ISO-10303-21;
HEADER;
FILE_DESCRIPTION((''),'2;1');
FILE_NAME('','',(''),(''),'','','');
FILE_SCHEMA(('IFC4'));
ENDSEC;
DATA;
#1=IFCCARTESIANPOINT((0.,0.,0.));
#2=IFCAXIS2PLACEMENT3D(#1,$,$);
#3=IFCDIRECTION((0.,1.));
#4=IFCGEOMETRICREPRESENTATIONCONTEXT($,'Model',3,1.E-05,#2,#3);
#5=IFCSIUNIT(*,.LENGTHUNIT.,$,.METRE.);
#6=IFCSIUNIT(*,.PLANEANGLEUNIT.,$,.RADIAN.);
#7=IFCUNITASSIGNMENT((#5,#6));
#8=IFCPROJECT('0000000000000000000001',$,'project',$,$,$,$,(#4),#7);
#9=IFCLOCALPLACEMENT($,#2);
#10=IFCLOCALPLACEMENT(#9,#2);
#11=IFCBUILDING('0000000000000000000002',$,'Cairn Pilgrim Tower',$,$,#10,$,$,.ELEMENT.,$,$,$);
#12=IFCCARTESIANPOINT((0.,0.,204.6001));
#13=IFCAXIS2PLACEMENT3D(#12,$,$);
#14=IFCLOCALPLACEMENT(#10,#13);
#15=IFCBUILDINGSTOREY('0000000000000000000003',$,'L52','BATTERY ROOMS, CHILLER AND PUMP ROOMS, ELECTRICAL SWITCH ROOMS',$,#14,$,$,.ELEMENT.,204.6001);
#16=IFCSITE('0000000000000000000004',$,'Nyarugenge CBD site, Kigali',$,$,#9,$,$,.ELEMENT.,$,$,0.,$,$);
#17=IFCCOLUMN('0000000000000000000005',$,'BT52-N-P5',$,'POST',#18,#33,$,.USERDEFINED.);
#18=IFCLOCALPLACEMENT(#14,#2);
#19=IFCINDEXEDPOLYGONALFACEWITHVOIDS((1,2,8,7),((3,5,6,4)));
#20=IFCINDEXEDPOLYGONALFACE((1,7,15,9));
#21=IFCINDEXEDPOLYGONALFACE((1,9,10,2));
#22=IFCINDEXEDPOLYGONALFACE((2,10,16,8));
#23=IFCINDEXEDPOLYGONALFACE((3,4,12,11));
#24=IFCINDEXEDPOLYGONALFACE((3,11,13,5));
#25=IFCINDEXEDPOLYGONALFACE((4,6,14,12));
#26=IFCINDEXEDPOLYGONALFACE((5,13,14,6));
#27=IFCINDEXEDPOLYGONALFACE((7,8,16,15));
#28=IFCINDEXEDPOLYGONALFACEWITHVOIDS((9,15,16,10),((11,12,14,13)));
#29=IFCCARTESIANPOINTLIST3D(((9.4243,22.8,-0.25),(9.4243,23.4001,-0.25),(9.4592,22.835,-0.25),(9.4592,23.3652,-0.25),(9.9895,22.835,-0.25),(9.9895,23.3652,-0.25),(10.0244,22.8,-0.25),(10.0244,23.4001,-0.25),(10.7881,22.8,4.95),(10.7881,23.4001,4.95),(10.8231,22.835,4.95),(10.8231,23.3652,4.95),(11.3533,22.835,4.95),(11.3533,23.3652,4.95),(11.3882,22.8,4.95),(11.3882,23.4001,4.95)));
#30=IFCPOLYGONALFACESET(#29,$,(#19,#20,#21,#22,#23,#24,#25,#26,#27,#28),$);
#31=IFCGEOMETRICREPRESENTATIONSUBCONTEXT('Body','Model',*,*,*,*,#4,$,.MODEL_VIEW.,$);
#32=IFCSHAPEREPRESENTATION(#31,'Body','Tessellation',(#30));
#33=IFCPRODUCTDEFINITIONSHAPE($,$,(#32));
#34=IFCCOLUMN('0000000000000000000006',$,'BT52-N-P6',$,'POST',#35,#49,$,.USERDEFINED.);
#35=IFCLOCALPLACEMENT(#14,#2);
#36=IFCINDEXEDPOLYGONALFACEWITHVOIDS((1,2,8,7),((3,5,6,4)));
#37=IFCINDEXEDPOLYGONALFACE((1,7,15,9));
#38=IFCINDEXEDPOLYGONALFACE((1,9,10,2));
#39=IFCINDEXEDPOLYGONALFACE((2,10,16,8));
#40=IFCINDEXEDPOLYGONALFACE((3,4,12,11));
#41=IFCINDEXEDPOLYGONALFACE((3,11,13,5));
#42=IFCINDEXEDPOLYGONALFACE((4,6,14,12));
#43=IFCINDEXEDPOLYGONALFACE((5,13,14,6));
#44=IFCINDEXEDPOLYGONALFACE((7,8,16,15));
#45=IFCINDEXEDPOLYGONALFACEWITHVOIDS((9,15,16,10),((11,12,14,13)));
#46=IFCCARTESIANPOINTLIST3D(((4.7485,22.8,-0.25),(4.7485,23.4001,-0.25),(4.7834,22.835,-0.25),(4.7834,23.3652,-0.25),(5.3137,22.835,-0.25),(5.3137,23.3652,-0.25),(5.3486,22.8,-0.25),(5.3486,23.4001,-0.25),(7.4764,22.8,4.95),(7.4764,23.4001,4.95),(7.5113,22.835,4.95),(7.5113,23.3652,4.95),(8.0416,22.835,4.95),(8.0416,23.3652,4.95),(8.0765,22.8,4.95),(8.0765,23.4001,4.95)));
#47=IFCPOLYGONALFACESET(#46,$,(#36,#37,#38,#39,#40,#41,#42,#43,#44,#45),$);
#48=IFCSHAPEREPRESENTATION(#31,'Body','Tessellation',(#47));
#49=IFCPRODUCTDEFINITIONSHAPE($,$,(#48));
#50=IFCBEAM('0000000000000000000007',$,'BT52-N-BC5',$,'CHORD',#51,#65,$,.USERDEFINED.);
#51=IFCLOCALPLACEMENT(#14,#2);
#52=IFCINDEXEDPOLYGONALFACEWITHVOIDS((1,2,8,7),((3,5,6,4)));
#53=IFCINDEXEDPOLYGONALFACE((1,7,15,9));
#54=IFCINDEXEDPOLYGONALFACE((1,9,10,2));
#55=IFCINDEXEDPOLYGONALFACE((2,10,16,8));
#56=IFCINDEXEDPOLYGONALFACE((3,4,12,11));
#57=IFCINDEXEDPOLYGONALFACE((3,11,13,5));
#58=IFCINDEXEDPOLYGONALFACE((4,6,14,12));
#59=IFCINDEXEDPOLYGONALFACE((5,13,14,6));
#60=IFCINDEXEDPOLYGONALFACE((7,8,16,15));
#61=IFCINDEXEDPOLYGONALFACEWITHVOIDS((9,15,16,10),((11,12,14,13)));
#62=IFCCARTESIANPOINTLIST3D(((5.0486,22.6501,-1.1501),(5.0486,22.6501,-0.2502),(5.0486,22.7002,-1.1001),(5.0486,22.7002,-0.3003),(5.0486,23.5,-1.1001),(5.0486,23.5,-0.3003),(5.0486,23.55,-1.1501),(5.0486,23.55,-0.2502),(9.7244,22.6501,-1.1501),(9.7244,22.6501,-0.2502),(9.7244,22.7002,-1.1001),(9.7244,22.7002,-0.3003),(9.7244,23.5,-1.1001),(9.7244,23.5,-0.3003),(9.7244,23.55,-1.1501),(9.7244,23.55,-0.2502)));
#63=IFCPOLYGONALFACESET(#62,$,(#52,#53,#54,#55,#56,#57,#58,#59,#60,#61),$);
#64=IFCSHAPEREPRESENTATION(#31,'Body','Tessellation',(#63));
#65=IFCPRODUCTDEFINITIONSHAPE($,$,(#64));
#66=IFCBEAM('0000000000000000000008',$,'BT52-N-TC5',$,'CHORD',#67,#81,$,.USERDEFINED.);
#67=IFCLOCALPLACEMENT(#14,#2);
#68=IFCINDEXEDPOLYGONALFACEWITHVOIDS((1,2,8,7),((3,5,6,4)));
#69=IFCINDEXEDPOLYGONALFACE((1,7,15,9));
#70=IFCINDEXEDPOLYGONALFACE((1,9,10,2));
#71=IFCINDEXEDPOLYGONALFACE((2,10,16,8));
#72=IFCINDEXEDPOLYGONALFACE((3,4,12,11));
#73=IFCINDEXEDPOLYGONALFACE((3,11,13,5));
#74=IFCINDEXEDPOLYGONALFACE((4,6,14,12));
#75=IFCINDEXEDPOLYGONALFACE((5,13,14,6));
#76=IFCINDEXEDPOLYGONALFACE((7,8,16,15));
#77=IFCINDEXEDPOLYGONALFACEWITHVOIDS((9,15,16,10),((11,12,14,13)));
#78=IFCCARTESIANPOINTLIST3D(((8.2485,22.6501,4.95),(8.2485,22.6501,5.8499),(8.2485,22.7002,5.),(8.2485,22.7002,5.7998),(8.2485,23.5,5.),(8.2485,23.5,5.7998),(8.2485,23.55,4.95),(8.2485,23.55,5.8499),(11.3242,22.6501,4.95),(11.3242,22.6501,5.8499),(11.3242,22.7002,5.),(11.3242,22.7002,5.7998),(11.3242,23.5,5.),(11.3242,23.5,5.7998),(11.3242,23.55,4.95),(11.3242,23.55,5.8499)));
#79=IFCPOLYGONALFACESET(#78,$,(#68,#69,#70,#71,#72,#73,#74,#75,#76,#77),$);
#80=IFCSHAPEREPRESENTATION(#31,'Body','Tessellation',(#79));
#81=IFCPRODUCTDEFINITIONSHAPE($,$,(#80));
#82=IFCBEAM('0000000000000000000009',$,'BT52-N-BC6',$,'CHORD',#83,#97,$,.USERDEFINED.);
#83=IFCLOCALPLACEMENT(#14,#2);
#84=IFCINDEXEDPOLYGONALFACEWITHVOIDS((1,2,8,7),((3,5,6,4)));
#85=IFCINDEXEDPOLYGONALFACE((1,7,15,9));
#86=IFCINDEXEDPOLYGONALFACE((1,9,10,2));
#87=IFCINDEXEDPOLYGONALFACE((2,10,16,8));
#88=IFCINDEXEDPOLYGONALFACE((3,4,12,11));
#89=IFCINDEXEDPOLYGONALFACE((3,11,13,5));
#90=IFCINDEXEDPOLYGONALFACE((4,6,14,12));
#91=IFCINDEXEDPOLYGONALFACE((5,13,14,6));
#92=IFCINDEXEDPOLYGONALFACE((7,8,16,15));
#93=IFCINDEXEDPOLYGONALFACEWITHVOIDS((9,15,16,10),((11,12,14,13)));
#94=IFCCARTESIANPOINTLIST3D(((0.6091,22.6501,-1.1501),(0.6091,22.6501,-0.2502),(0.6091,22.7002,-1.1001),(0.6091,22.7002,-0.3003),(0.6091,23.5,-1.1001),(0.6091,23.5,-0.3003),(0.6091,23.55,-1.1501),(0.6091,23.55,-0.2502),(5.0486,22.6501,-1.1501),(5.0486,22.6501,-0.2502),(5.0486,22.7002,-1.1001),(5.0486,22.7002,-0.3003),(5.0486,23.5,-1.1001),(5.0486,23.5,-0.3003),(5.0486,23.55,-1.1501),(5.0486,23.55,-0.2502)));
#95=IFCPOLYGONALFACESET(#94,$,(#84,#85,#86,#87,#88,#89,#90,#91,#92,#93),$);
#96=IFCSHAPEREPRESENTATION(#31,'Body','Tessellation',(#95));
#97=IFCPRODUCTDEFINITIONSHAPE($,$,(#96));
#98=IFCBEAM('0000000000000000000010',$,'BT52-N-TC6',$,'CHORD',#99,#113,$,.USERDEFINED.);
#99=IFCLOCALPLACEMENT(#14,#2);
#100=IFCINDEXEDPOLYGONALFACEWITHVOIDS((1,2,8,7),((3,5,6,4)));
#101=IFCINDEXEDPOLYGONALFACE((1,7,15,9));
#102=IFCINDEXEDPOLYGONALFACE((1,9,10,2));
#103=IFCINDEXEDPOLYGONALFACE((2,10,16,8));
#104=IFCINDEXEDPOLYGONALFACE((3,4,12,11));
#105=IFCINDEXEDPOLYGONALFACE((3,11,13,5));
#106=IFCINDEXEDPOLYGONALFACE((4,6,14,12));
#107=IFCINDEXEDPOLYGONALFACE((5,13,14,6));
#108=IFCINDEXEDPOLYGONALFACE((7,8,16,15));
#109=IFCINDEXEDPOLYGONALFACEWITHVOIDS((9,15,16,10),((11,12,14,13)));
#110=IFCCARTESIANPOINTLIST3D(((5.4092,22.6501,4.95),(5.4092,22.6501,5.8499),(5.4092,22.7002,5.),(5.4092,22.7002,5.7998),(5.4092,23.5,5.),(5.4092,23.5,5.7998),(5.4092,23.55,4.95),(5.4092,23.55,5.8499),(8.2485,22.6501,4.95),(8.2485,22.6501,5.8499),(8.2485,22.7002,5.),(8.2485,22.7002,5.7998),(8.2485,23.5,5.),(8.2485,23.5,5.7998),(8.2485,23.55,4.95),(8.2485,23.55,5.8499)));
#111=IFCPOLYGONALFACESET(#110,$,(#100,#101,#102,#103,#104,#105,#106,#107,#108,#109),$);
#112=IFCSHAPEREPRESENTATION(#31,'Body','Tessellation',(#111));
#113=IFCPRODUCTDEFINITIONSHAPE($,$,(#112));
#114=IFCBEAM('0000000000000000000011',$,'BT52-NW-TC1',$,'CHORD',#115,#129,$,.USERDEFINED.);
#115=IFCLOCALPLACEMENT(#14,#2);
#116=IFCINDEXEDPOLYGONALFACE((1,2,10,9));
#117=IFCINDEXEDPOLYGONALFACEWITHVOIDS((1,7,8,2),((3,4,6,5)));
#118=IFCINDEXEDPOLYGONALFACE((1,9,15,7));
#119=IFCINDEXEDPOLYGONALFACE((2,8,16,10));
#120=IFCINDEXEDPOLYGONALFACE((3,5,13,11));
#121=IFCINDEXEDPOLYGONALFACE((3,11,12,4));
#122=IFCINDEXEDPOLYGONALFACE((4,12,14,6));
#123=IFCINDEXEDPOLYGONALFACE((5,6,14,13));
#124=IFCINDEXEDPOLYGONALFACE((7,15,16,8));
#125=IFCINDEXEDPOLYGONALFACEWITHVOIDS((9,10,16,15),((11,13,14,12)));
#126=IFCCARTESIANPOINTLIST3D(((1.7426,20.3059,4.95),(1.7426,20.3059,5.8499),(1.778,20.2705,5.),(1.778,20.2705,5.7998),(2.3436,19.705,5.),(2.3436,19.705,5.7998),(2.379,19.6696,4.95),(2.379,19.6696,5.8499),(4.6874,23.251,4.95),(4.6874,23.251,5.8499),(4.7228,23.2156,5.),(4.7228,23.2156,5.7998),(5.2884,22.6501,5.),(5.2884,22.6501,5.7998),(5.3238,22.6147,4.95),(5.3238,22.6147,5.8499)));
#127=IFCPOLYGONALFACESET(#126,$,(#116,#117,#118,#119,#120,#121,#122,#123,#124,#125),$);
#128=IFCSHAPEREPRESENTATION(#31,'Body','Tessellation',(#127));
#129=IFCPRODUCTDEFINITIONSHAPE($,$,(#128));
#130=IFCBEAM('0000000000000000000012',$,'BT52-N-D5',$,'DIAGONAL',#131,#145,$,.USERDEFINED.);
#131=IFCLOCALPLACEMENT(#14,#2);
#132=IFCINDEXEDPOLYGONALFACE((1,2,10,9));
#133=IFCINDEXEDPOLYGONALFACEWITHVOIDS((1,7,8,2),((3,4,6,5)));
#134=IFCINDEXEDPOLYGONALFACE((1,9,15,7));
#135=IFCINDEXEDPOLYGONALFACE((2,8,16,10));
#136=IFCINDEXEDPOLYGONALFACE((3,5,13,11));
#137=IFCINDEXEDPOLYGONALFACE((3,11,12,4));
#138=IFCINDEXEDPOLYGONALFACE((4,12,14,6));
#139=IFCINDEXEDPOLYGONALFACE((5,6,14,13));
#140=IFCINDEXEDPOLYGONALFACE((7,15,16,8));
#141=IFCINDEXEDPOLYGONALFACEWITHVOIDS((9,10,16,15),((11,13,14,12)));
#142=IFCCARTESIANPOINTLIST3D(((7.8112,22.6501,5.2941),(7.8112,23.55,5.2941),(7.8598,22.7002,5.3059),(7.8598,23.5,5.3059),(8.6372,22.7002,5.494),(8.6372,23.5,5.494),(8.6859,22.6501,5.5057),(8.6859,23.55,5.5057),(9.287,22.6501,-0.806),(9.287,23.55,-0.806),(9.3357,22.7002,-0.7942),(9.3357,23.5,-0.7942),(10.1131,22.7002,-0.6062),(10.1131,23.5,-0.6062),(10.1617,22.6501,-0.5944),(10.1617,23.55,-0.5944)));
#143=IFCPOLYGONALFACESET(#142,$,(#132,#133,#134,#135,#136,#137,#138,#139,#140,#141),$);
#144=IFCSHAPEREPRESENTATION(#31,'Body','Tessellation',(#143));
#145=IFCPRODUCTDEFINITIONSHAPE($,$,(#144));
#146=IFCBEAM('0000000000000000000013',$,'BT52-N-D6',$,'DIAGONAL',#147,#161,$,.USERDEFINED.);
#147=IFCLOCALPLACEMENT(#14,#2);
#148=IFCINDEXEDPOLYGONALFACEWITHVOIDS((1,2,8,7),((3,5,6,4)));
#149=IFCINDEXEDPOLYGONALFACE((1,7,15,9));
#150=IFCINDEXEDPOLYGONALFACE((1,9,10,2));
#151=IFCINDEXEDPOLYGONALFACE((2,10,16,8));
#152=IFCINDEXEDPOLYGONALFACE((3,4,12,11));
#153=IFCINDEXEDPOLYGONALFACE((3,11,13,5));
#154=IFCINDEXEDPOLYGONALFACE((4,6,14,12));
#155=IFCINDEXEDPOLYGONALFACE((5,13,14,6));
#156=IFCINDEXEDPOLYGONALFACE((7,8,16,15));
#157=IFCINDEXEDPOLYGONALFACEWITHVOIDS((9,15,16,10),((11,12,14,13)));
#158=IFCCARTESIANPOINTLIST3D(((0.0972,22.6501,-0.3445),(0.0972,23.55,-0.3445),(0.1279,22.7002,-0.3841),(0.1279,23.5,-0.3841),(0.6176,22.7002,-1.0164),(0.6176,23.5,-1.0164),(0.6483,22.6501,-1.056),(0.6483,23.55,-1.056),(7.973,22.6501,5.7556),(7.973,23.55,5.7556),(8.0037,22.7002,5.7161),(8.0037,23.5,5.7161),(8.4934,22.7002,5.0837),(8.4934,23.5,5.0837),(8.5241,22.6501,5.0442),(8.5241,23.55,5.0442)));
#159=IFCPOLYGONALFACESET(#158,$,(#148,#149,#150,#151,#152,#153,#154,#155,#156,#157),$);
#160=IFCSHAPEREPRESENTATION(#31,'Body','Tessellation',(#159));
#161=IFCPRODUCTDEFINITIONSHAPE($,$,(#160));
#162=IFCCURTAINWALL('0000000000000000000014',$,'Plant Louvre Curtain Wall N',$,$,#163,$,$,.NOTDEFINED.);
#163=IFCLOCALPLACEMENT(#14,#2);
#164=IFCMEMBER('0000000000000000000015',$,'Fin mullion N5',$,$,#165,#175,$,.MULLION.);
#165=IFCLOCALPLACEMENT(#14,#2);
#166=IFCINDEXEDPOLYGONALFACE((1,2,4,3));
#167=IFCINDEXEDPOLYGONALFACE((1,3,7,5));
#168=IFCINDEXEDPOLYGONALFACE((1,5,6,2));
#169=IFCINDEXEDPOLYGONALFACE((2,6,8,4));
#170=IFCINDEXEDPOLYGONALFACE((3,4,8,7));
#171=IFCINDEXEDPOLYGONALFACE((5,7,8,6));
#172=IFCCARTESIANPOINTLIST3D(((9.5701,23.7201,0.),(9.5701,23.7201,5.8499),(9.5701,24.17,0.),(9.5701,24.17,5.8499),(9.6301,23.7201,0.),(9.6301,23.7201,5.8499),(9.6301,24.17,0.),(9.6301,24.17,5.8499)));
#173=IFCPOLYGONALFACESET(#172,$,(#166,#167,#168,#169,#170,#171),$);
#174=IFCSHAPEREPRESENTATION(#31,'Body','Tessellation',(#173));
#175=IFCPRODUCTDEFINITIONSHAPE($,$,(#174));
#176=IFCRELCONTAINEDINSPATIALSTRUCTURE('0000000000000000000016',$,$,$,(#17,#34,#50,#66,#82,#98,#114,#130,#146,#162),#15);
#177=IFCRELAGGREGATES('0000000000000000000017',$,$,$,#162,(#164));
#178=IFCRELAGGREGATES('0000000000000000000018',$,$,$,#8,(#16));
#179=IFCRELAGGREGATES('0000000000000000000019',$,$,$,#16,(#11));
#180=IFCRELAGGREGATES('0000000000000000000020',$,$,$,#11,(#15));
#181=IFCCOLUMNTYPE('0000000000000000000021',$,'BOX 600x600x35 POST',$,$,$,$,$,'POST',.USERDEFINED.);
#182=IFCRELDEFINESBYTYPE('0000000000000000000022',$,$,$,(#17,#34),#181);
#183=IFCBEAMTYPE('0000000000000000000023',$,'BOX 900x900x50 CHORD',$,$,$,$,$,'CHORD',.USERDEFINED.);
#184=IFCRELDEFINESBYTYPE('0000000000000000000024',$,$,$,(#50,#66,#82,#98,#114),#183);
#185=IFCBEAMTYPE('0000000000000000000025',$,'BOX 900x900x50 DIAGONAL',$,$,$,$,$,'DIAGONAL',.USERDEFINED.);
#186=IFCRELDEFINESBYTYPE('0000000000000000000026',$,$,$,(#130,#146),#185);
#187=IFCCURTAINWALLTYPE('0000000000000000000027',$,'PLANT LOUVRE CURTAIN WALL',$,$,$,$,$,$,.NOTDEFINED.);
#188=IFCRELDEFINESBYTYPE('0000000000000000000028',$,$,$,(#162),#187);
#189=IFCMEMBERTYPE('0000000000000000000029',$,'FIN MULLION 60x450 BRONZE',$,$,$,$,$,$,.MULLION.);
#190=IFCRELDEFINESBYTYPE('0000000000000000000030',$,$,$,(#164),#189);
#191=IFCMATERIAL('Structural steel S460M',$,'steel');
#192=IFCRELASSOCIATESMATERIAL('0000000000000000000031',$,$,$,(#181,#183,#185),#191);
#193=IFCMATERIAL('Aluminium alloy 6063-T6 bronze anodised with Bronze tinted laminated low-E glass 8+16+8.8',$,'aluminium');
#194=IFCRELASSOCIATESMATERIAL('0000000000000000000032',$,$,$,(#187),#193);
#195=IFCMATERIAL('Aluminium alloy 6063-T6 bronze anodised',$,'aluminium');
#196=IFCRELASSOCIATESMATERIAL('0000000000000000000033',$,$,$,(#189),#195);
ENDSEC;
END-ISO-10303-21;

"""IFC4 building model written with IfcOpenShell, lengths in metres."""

from ifc_helpers import new_model, si_unit, direction, frame, origin, origin_2d, place, context, subcontext, project, spatial, rectangle, hollow_rectangle, extrude, clip, halfspace, material, material_profile, profile_set, type_object, element, aggregate, save


model = new_model("IFC4")

# Units and contexts
model_context = context("Model", 3, precision=1e-05, world=origin(), true_north=direction((0.0, 1.0)))
body_context = subcontext(model_context, "Body", "Model", "MODEL_VIEW")
ifc_project = project(units=[si_unit("LENGTHUNIT", "METRE"), si_unit("PLANEANGLEUNIT", "RADIAN")], contexts=[model_context])

# Site, building, storey
site_placement = place(None, origin())
site = spatial("IfcSite", under=ifc_project, at=site_placement, Name="Nyarugenge CBD site, Kigali", CompositionType="ELEMENT", RefElevation=0.0)
building_placement = place(site_placement, origin())
building = spatial("IfcBuilding", under=site, at=building_placement, Name="Cairn Pilgrim Tower", CompositionType="ELEMENT")
storey_placement = place(building_placement, frame((0.0, 0.0, 204.6001)))
storey = spatial("IfcBuildingStorey", under=building, at=storey_placement, Name="L52", Description="BATTERY ROOMS, CHILLER AND PUMP ROOMS, ELECTRICAL SWITCH ROOMS", CompositionType="ELEMENT", Elevation=204.6001)

# Columns
ifc_material_1 = material(Name="Structural steel S460M", Category="steel")
ifc_material_profile_1 = material_profile(ifc_material_1, hollow_rectangle(XDim=0.6001, YDim=0.6001, WallThickness=0.0349, at=origin_2d()), Name="BOX 600x600x35")
ifc_profile_set_1 = profile_set([ifc_material_profile_1], Name="Structural steel S460M")
column_type = type_object("IfcColumnType", Name="BOX 600x600x35 POST", ElementType="POST", PredefinedType="USERDEFINED", material=ifc_profile_set_1)
column_1_placement = place(storey_placement, frame((9.7244, 23.1001, -0.25), z_axis=(0.0, 0.0, 1.0), x_axis=(1.0, 0.0, 0.0)))
element("IfcColumn", 1, at=column_1_placement, inside=storey, type_object=column_type, Name="BT52-N-P5", ObjectType="POST", PredefinedType="USERDEFINED", context=body_context, shape_type="Clipping", body=[
    clip(extrude(hollow_rectangle(XDim=0.6001, YDim=0.6001, WallThickness=0.0349, at=origin_2d()), origin(), (0.253697, 0.0, 0.967284), 6.3062), halfspace(frame((0.0, 0.0, 5.2), z_axis=(0.0, 0.0, 1.0), x_axis=(1.0, 0.0, 0.0)), False)),
])
column_2_placement = place(storey_placement, frame((5.0486, 23.1001, -0.25), z_axis=(0.0, 0.0, 1.0), x_axis=(1.0, 0.0, 0.0)))
element("IfcColumn", 2, at=column_2_placement, inside=storey, type_object=column_type, Name="BT52-N-P6", ObjectType="POST", PredefinedType="USERDEFINED", context=body_context, shape_type="Clipping", body=[
    clip(extrude(hollow_rectangle(XDim=0.6001, YDim=0.6001, WallThickness=0.0349, at=origin_2d()), origin(), (0.464553, 0.0, 0.885546), 6.8882), halfspace(frame((0.0, 0.0, 5.2), z_axis=(0.0, 0.0, 1.0), x_axis=(1.0, 0.0, 0.0)), False)),
])

# Beams
ifc_material_profile_2 = material_profile(ifc_material_1, hollow_rectangle(XDim=0.8999, YDim=0.8999, WallThickness=0.05, at=origin_2d()), Name="BOX 900x900x50")
ifc_profile_set_2 = profile_set([ifc_material_profile_2], Name="Structural steel S460M")
beam_type_1 = type_object("IfcBeamType", Name="BOX 900x900x50 CHORD", ElementType="CHORD", PredefinedType="USERDEFINED", material=ifc_profile_set_2)
beam_1_placement = place(storey_placement, frame((9.7244, 23.1001, -0.7002), z_axis=(-1.0, 0.0, 0.0), x_axis=(0.0, -1.0, 0.0)))
element("IfcBeam", 3, at=beam_1_placement, inside=storey, type_object=beam_type_1, Name="BT52-N-BC5", ObjectType="CHORD", PredefinedType="USERDEFINED", context=body_context, shape_type="SweptSolid", body=[
    extrude(hollow_rectangle(XDim=0.8999, YDim=0.8999, WallThickness=0.05, at=origin_2d()), origin(), (0.0, 0.0, 1.0), 4.6758),
])
beam_2_placement = place(storey_placement, frame((11.3242, 23.1001, 5.3999), z_axis=(-1.0, 0.0, 0.0), x_axis=(0.0, -1.0, 0.0)))
element("IfcBeam", 4, at=beam_2_placement, inside=storey, type_object=beam_type_1, Name="BT52-N-TC5", ObjectType="CHORD", PredefinedType="USERDEFINED", context=body_context, shape_type="SweptSolid", body=[
    extrude(hollow_rectangle(XDim=0.8999, YDim=0.8999, WallThickness=0.05, at=origin_2d()), origin(), (0.0, 0.0, 1.0), 3.0757),
])
beam_3_placement = place(storey_placement, frame((5.0486, 23.1001, -0.7002), z_axis=(-1.0, 0.0, 0.0), x_axis=(0.0, -1.0, 0.0)))
element("IfcBeam", 5, at=beam_3_placement, inside=storey, type_object=beam_type_1, Name="BT52-N-BC6", ObjectType="CHORD", PredefinedType="USERDEFINED", context=body_context, shape_type="SweptSolid", body=[
    extrude(hollow_rectangle(XDim=0.8999, YDim=0.8999, WallThickness=0.05, at=origin_2d()), origin(), (0.0, 0.0, 1.0), 4.4395),
])
beam_4_placement = place(storey_placement, frame((8.2485, 23.1001, 5.3999), z_axis=(-1.0, 0.0, 0.0), x_axis=(0.0, -1.0, 0.0)))
element("IfcBeam", 6, at=beam_4_placement, inside=storey, type_object=beam_type_1, Name="BT52-N-TC6", ObjectType="CHORD", PredefinedType="USERDEFINED", context=body_context, shape_type="SweptSolid", body=[
    extrude(hollow_rectangle(XDim=0.8999, YDim=0.8999, WallThickness=0.05, at=origin_2d()), origin(), (0.0, 0.0, 1.0), 2.8394),
])
beam_5_placement = place(storey_placement, frame((5.0056, 22.9329, 5.3999), z_axis=(-0.707077, -0.707136, 0.0), x_axis=(0.707136, -0.707077, 0.0)))
element("IfcBeam", 7, at=beam_5_placement, inside=storey, type_object=beam_type_1, Name="BT52-NW-TC1", ObjectType="CHORD", PredefinedType="USERDEFINED", context=body_context, shape_type="SweptSolid", body=[
    extrude(hollow_rectangle(XDim=0.8999, YDim=0.8999, WallThickness=0.05, at=origin_2d()), origin(), (0.0, 0.0, 1.0), 4.1648),
])
ifc_material_profile_3 = material_profile(ifc_material_1, hollow_rectangle(XDim=0.8999, YDim=0.8999, WallThickness=0.05, at=origin_2d()), Name="BOX 900x900x50")
ifc_profile_set_3 = profile_set([ifc_material_profile_3], Name="Structural steel S460M")
beam_type_2 = type_object("IfcBeamType", Name="BOX 900x900x50 DIAGONAL", ElementType="DIAGONAL", PredefinedType="USERDEFINED", material=ifc_profile_set_3)
beam_6_placement = place(storey_placement, frame((9.7244, 23.1001, -0.7002), z_axis=(-0.235151, 0.0, 0.971959), x_axis=(0.0, -1.0, 0.0)))
element("IfcBeam", 8, at=beam_6_placement, inside=storey, type_object=beam_type_2, Name="BT52-N-D5", ObjectType="DIAGONAL", PredefinedType="USERDEFINED", context=body_context, shape_type="SweptSolid", body=[
    extrude(hollow_rectangle(XDim=0.8999, YDim=0.8999, WallThickness=0.05, at=origin_2d()), origin(), (0.0, 0.0, 1.0), 6.2761),
])
beam_7_placement = place(storey_placement, frame((8.2485, 23.1001, 5.3999), z_axis=(-0.79059, 0.0, -0.612346), x_axis=(0.0, -1.0, 0.0)))
element("IfcBeam", 9, at=beam_7_placement, inside=storey, type_object=beam_type_2, Name="BT52-N-D6", ObjectType="DIAGONAL", PredefinedType="USERDEFINED", context=body_context, shape_type="SweptSolid", body=[
    extrude(hollow_rectangle(XDim=0.8999, YDim=0.8999, WallThickness=0.05, at=origin_2d()), origin(), (0.0, 0.0, 1.0), 9.9619),
])

# Curtain wall, member
ifc_material_2 = material(Name="Aluminium alloy 6063-T6 bronze anodised with Bronze tinted laminated low-E glass 8+16+8.8", Category="aluminium")
curtain_wall_type = type_object("IfcCurtainWallType", Name="PLANT LOUVRE CURTAIN WALL", PredefinedType="NOTDEFINED", material=ifc_material_2)
curtain_wall_placement = place(storey_placement, origin())
curtain_wall = element("IfcCurtainWall", 10, at=curtain_wall_placement, inside=storey, type_object=curtain_wall_type, Name="Plant Louvre Curtain Wall N", PredefinedType="NOTDEFINED")
ifc_material_3 = material(Name="Aluminium alloy 6063-T6 bronze anodised", Category="aluminium")
ifc_material_profile_4 = material_profile(ifc_material_3, rectangle(XDim=0.45, YDim=0.0601, at=origin_2d()), Name="FIN MULLION 60x450 BRONZE")
ifc_profile_set_4 = profile_set([ifc_material_profile_4], Name="Aluminium alloy 6063-T6 bronze anodised")
member_type_1 = type_object("IfcMemberType", Name="FIN MULLION 60x450 BRONZE", PredefinedType="MULLION", material=ifc_profile_set_4)
member_1_placement = place(storey_placement, frame((9.6001, 23.9451, 0.0), z_axis=(0.0, 0.0, 1.0), x_axis=(0.0, 1.0, 0.0)))
member_1 = element("IfcMember", 11, at=member_1_placement, type_object=member_type_1, Name="Fin mullion N5", PredefinedType="MULLION", context=body_context, shape_type="SweptSolid", body=[
    extrude(rectangle(XDim=0.45, YDim=0.0601, at=origin_2d()), origin(), (0.0, 0.0, 1.0), 5.8499),
])

aggregate(curtain_wall, [member_1])

save(model, "model.ifc")
